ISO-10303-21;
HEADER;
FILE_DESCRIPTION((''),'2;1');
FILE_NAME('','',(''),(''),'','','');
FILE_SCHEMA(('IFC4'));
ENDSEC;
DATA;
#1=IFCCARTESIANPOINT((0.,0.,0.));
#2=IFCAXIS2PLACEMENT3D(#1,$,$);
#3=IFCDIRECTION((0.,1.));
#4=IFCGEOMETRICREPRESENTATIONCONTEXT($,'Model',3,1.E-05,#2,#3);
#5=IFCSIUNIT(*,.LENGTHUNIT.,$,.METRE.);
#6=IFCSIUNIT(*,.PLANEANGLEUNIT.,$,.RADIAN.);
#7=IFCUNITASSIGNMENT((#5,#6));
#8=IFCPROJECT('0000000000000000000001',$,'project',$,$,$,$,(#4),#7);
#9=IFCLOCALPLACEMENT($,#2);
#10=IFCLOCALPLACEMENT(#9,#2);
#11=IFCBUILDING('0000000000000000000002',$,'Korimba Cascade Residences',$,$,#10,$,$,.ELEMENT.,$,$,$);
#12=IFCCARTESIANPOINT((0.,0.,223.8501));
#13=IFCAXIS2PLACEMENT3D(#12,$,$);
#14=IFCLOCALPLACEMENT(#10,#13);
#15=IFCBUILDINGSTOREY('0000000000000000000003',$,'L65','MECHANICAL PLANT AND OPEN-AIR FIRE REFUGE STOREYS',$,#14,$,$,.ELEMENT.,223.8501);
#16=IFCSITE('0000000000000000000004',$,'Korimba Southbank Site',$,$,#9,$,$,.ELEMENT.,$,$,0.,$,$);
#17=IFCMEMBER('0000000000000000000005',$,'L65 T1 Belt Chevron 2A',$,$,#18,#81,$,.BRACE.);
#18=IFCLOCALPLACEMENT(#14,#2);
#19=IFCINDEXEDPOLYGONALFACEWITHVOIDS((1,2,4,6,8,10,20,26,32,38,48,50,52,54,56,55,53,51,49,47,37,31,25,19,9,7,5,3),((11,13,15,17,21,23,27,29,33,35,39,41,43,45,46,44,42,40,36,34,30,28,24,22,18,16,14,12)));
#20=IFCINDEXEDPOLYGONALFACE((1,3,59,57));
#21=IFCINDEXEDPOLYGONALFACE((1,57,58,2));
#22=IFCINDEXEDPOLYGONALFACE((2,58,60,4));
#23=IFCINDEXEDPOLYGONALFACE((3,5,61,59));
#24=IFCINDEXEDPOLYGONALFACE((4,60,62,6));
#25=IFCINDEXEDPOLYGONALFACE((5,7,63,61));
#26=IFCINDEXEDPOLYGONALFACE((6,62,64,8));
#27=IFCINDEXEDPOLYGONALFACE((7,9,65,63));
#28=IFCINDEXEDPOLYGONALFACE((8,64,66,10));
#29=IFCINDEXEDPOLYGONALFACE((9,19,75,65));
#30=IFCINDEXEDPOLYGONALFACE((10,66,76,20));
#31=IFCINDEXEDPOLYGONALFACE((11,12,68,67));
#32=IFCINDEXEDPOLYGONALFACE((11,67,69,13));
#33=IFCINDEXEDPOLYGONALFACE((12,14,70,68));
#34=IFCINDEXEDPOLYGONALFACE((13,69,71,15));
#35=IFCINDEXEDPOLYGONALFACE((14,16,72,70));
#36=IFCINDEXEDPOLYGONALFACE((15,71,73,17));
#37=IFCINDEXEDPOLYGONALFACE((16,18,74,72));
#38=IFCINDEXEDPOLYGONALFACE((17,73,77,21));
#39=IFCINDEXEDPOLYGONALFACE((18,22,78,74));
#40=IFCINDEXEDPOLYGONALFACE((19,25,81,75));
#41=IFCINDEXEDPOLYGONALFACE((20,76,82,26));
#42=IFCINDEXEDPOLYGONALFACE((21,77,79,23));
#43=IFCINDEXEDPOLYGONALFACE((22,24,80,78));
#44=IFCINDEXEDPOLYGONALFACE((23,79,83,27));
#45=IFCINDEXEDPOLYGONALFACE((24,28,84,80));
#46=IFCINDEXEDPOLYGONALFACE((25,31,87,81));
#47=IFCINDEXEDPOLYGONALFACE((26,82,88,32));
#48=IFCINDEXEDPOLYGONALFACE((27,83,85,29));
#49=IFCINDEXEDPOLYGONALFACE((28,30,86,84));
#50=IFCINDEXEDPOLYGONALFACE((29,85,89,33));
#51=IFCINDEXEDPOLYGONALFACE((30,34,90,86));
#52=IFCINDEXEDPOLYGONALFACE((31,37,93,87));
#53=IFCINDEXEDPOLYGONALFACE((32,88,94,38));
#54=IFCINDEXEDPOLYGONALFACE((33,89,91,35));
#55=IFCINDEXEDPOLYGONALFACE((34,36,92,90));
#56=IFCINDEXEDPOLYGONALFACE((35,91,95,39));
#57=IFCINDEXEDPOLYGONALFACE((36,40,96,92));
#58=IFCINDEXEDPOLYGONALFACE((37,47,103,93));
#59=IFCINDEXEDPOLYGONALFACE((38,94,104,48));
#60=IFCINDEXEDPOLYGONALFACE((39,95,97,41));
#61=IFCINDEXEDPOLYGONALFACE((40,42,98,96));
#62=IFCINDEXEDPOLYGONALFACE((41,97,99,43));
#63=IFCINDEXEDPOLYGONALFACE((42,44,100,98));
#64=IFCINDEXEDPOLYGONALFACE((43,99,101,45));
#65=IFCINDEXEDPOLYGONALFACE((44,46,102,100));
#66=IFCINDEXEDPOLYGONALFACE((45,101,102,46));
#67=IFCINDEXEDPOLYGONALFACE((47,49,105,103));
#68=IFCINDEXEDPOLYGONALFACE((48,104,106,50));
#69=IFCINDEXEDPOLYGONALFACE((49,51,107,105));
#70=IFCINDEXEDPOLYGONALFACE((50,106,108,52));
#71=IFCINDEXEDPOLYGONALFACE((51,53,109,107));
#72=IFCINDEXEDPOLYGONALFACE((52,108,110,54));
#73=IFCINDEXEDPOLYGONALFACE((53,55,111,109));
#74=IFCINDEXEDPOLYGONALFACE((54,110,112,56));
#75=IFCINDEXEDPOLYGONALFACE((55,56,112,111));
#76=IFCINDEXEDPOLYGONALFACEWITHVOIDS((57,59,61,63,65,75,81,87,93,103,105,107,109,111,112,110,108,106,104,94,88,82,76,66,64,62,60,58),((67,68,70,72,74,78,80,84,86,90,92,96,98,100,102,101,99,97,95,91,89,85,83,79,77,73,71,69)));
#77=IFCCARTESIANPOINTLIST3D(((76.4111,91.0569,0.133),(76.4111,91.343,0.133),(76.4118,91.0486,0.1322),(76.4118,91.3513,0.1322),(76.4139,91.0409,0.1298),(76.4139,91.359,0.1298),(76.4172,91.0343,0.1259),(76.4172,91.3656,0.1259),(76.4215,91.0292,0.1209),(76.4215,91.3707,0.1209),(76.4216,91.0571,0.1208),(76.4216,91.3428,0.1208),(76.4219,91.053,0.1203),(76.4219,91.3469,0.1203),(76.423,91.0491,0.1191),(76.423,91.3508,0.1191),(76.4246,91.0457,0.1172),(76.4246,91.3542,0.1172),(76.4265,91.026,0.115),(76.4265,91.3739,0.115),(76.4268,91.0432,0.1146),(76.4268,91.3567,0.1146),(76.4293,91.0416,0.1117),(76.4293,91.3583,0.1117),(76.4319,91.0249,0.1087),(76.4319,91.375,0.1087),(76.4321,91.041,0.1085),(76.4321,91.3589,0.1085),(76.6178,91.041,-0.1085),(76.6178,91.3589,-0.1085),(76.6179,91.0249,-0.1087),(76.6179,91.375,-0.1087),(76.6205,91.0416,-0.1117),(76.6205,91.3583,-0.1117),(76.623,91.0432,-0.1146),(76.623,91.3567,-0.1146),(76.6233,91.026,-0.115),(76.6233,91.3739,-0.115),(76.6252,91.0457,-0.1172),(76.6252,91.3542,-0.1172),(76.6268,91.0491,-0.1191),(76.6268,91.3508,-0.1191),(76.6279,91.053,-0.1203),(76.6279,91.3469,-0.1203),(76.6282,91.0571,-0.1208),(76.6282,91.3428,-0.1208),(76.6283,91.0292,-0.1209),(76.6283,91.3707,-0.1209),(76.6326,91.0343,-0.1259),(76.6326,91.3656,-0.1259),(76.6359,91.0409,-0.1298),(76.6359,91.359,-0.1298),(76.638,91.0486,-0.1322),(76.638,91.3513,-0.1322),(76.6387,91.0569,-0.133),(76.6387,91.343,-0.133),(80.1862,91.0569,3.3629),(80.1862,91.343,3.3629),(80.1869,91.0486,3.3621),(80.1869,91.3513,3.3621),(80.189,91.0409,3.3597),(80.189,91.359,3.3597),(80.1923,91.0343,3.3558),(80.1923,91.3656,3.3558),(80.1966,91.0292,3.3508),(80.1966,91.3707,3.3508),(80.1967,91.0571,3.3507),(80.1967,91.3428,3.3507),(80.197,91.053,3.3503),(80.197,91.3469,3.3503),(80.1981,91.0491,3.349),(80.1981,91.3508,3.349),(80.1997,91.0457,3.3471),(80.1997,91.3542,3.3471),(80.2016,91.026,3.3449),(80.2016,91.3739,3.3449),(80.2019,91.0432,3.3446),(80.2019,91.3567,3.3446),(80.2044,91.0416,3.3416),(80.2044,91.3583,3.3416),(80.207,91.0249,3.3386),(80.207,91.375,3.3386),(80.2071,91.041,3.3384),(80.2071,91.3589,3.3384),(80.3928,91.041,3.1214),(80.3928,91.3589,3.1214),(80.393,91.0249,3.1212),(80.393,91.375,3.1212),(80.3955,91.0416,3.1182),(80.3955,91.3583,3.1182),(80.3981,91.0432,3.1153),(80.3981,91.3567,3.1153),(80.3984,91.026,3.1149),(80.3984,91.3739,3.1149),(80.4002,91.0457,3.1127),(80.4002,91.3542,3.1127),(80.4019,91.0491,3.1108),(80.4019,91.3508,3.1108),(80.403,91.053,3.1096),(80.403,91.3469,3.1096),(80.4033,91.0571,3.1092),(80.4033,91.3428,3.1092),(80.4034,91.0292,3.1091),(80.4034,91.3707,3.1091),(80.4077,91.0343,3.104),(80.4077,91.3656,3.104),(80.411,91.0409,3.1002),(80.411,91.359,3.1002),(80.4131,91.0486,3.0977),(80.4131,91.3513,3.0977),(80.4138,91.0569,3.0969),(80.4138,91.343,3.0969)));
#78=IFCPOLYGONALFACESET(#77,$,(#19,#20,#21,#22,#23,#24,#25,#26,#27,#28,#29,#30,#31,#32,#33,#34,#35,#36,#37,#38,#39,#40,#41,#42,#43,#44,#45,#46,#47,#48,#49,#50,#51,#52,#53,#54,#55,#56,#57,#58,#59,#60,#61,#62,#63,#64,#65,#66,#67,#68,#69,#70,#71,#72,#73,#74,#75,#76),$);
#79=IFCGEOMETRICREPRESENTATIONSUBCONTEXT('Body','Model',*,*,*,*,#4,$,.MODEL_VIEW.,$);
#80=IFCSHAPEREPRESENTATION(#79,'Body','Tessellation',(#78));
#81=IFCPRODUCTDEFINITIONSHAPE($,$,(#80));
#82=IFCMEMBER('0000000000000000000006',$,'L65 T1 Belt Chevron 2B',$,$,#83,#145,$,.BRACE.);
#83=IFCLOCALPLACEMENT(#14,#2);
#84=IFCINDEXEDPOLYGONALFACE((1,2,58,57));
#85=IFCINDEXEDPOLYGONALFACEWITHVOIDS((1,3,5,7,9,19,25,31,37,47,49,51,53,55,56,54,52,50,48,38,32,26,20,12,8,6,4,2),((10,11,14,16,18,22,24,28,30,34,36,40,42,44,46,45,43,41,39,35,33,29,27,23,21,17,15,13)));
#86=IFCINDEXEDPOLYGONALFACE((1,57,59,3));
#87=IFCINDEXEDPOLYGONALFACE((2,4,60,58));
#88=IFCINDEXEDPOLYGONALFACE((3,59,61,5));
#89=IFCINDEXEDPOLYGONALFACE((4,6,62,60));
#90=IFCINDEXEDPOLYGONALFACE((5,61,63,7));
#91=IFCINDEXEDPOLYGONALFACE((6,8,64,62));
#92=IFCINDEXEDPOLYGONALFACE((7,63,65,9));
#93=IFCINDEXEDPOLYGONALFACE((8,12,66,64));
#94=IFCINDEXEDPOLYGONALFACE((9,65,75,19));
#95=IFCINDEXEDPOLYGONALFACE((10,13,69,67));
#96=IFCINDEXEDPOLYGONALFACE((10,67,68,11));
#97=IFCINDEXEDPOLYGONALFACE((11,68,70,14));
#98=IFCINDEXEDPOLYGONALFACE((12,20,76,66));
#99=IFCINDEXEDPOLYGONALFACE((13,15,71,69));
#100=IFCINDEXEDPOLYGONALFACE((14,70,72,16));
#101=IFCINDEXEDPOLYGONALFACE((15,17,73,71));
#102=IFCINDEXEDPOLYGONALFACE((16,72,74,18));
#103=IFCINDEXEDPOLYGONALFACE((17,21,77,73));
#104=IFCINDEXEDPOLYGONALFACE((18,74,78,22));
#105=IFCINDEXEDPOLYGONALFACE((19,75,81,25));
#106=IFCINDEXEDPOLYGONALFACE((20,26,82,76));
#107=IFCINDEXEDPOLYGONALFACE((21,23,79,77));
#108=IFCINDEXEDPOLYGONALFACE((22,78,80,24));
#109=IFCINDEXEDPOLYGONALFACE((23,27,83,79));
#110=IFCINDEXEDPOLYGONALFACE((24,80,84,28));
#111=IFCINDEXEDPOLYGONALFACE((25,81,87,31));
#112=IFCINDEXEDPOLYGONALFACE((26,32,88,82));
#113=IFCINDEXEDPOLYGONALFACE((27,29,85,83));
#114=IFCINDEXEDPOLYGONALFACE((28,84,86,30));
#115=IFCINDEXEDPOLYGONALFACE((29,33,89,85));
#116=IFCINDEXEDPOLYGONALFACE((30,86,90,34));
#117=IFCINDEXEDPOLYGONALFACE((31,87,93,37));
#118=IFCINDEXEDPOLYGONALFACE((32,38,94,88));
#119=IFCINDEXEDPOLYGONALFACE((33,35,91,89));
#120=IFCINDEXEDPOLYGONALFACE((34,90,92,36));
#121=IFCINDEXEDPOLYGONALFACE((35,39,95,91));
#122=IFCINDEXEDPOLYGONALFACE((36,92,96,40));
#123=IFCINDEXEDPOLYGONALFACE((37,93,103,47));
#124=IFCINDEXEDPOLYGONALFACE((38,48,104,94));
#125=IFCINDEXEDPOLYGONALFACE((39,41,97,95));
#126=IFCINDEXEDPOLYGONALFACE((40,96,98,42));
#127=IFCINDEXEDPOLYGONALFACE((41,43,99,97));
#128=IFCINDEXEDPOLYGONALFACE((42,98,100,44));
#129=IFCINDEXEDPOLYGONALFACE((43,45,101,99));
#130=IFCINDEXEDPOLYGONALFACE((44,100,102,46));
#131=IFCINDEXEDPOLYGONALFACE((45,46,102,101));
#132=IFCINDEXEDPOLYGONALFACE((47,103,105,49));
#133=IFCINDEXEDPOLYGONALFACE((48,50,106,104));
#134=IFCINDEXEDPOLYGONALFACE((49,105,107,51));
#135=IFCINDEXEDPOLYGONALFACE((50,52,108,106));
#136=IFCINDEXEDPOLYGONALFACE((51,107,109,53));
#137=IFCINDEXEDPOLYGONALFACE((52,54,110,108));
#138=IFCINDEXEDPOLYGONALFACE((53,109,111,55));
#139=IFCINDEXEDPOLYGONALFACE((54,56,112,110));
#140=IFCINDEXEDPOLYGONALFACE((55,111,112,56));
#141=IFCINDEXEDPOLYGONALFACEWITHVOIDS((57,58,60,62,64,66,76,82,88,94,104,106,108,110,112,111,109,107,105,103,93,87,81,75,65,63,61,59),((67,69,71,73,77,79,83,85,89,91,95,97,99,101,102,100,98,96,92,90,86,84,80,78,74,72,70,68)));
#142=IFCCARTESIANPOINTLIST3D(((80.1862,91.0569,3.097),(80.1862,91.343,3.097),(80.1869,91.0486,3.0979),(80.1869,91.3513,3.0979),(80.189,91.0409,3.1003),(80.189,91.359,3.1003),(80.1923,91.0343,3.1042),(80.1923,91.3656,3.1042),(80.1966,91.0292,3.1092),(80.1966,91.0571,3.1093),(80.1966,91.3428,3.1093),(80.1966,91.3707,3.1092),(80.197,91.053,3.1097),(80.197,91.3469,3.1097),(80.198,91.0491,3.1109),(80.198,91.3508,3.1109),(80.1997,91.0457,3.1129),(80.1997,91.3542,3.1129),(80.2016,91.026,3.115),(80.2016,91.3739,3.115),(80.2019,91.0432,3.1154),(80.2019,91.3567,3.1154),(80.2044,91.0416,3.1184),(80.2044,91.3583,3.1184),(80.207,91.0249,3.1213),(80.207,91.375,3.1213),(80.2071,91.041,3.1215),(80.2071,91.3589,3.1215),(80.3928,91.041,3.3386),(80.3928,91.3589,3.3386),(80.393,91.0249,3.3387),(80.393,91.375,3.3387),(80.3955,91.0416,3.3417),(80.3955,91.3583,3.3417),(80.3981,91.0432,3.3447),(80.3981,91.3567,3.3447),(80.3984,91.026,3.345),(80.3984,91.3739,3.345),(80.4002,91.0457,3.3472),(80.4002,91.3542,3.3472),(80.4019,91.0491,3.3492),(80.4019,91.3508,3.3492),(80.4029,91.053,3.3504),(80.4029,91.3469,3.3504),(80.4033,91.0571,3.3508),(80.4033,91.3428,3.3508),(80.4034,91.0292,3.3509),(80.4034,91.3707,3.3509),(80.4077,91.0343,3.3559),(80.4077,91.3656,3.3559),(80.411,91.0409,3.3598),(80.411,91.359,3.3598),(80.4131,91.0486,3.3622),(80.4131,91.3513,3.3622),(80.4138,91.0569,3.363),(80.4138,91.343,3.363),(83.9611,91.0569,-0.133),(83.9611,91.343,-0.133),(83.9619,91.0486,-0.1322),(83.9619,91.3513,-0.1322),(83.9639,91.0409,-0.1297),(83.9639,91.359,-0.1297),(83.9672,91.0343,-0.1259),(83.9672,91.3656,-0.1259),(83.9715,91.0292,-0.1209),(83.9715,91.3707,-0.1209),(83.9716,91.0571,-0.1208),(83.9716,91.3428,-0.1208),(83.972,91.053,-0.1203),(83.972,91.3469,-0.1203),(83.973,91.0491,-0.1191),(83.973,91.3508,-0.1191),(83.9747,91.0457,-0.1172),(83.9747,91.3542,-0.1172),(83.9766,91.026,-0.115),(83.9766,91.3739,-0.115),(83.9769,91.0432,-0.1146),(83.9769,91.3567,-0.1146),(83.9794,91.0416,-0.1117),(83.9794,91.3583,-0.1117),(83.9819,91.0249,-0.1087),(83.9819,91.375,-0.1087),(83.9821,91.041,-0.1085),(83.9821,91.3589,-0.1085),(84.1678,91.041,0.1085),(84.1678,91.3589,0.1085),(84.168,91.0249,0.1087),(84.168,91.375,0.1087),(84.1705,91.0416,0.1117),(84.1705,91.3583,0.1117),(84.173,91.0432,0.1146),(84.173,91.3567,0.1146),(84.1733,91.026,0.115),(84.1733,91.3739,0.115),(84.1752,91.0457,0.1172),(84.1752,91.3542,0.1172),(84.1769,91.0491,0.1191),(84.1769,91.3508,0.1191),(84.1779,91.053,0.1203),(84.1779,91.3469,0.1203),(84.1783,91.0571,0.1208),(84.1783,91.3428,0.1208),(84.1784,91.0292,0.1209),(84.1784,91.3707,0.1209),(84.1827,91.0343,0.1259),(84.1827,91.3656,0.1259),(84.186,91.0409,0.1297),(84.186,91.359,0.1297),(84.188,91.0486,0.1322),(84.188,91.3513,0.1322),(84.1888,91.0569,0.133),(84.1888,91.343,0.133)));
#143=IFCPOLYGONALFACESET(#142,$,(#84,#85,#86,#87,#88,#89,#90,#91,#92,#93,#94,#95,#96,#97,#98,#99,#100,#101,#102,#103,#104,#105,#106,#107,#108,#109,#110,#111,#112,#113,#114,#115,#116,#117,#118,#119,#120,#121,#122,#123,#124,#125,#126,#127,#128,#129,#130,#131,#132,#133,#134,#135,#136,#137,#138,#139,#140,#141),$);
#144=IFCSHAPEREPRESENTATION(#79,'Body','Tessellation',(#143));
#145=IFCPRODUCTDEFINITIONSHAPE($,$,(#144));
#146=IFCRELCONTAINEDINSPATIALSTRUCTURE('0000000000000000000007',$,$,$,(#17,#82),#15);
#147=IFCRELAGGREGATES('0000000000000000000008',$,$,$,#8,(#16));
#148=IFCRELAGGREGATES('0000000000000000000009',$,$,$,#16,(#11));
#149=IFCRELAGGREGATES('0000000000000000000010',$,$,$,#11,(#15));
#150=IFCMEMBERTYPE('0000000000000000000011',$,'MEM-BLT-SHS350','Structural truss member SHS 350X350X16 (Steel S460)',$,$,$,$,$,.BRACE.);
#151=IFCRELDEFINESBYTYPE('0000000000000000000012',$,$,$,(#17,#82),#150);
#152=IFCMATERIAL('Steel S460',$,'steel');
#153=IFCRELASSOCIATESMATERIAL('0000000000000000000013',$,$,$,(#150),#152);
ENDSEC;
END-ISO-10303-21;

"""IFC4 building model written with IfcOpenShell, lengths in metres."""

from ifc_helpers import new_model, si_unit, direction, frame, origin, origin_2d, place, context, subcontext, project, spatial, hollow_rectangle, extrude, material, material_profile, profile_set, type_object, element, save


model = new_model("IFC4")

# Units and contexts
model_context = context("Model", 3, precision=1e-05, world=origin(), true_north=direction((0.0, 1.0)))
body_context = subcontext(model_context, "Body", "Model", "MODEL_VIEW")
ifc_project = project(units=[si_unit("LENGTHUNIT", "METRE"), si_unit("PLANEANGLEUNIT", "RADIAN")], contexts=[model_context])

# Site, building, storey
site_placement = place(None, origin())
site = spatial("IfcSite", under=ifc_project, at=site_placement, Name="Korimba Southbank Site", CompositionType="ELEMENT", RefElevation=0.0)
building_placement = place(site_placement, origin())
building = spatial("IfcBuilding", under=site, at=building_placement, Name="Korimba Cascade Residences", CompositionType="ELEMENT")
storey_placement = place(building_placement, frame((0.0, 0.0, 223.8501)))
storey = spatial("IfcBuildingStorey", under=building, at=storey_placement, Name="L65", Description="MECHANICAL PLANT AND OPEN-AIR FIRE REFUGE STOREYS", CompositionType="ELEMENT", Elevation=223.8501)

# Members
ifc_material_1 = material(Name="Steel S460", Category="steel")
ifc_material_profile_1 = material_profile(ifc_material_1, hollow_rectangle(XDim=0.3501, YDim=0.3501, WallThickness=0.0161, InnerFilletRadius=0.0161, OuterFilletRadius=0.032, at=origin_2d()), Name="Steel S460")
ifc_profile_set_1 = profile_set([ifc_material_profile_1], Name="Steel S460")
member_type_1 = type_object("IfcMemberType", Name="MEM-BLT-SHS350", Description="Structural truss member SHS 350X350X16 (Steel S460)", PredefinedType="BRACE", material=ifc_profile_set_1)
for number, where, z_axis, x_axis, name in (
    (1, (76.5249, 91.2, 0.0), (0.759839, 0.0, 0.650111), (0.0, 1.0, 0.0), "L65 T1 Belt Chevron 2A"),
    (2, (84.075, 91.2, 0.0), (-0.759818, 0.0, 0.650136), (0.0, -1.0, 0.0), "L65 T1 Belt Chevron 2B"),
):
    element("IfcMember", number, at=place(storey_placement, frame(where, z_axis=z_axis, x_axis=x_axis)), inside=storey, type_object=member_type_1, Name=name, PredefinedType="BRACE", context=body_context, shape_type="SweptSolid", body=[
        extrude(hollow_rectangle(XDim=0.3501, YDim=0.3501, WallThickness=0.0161, InnerFilletRadius=0.0161, OuterFilletRadius=0.032, at=origin_2d()), origin(), (0.0, 0.0, 1.0), 4.9683),
    ])

save(model, "model.ifc")
